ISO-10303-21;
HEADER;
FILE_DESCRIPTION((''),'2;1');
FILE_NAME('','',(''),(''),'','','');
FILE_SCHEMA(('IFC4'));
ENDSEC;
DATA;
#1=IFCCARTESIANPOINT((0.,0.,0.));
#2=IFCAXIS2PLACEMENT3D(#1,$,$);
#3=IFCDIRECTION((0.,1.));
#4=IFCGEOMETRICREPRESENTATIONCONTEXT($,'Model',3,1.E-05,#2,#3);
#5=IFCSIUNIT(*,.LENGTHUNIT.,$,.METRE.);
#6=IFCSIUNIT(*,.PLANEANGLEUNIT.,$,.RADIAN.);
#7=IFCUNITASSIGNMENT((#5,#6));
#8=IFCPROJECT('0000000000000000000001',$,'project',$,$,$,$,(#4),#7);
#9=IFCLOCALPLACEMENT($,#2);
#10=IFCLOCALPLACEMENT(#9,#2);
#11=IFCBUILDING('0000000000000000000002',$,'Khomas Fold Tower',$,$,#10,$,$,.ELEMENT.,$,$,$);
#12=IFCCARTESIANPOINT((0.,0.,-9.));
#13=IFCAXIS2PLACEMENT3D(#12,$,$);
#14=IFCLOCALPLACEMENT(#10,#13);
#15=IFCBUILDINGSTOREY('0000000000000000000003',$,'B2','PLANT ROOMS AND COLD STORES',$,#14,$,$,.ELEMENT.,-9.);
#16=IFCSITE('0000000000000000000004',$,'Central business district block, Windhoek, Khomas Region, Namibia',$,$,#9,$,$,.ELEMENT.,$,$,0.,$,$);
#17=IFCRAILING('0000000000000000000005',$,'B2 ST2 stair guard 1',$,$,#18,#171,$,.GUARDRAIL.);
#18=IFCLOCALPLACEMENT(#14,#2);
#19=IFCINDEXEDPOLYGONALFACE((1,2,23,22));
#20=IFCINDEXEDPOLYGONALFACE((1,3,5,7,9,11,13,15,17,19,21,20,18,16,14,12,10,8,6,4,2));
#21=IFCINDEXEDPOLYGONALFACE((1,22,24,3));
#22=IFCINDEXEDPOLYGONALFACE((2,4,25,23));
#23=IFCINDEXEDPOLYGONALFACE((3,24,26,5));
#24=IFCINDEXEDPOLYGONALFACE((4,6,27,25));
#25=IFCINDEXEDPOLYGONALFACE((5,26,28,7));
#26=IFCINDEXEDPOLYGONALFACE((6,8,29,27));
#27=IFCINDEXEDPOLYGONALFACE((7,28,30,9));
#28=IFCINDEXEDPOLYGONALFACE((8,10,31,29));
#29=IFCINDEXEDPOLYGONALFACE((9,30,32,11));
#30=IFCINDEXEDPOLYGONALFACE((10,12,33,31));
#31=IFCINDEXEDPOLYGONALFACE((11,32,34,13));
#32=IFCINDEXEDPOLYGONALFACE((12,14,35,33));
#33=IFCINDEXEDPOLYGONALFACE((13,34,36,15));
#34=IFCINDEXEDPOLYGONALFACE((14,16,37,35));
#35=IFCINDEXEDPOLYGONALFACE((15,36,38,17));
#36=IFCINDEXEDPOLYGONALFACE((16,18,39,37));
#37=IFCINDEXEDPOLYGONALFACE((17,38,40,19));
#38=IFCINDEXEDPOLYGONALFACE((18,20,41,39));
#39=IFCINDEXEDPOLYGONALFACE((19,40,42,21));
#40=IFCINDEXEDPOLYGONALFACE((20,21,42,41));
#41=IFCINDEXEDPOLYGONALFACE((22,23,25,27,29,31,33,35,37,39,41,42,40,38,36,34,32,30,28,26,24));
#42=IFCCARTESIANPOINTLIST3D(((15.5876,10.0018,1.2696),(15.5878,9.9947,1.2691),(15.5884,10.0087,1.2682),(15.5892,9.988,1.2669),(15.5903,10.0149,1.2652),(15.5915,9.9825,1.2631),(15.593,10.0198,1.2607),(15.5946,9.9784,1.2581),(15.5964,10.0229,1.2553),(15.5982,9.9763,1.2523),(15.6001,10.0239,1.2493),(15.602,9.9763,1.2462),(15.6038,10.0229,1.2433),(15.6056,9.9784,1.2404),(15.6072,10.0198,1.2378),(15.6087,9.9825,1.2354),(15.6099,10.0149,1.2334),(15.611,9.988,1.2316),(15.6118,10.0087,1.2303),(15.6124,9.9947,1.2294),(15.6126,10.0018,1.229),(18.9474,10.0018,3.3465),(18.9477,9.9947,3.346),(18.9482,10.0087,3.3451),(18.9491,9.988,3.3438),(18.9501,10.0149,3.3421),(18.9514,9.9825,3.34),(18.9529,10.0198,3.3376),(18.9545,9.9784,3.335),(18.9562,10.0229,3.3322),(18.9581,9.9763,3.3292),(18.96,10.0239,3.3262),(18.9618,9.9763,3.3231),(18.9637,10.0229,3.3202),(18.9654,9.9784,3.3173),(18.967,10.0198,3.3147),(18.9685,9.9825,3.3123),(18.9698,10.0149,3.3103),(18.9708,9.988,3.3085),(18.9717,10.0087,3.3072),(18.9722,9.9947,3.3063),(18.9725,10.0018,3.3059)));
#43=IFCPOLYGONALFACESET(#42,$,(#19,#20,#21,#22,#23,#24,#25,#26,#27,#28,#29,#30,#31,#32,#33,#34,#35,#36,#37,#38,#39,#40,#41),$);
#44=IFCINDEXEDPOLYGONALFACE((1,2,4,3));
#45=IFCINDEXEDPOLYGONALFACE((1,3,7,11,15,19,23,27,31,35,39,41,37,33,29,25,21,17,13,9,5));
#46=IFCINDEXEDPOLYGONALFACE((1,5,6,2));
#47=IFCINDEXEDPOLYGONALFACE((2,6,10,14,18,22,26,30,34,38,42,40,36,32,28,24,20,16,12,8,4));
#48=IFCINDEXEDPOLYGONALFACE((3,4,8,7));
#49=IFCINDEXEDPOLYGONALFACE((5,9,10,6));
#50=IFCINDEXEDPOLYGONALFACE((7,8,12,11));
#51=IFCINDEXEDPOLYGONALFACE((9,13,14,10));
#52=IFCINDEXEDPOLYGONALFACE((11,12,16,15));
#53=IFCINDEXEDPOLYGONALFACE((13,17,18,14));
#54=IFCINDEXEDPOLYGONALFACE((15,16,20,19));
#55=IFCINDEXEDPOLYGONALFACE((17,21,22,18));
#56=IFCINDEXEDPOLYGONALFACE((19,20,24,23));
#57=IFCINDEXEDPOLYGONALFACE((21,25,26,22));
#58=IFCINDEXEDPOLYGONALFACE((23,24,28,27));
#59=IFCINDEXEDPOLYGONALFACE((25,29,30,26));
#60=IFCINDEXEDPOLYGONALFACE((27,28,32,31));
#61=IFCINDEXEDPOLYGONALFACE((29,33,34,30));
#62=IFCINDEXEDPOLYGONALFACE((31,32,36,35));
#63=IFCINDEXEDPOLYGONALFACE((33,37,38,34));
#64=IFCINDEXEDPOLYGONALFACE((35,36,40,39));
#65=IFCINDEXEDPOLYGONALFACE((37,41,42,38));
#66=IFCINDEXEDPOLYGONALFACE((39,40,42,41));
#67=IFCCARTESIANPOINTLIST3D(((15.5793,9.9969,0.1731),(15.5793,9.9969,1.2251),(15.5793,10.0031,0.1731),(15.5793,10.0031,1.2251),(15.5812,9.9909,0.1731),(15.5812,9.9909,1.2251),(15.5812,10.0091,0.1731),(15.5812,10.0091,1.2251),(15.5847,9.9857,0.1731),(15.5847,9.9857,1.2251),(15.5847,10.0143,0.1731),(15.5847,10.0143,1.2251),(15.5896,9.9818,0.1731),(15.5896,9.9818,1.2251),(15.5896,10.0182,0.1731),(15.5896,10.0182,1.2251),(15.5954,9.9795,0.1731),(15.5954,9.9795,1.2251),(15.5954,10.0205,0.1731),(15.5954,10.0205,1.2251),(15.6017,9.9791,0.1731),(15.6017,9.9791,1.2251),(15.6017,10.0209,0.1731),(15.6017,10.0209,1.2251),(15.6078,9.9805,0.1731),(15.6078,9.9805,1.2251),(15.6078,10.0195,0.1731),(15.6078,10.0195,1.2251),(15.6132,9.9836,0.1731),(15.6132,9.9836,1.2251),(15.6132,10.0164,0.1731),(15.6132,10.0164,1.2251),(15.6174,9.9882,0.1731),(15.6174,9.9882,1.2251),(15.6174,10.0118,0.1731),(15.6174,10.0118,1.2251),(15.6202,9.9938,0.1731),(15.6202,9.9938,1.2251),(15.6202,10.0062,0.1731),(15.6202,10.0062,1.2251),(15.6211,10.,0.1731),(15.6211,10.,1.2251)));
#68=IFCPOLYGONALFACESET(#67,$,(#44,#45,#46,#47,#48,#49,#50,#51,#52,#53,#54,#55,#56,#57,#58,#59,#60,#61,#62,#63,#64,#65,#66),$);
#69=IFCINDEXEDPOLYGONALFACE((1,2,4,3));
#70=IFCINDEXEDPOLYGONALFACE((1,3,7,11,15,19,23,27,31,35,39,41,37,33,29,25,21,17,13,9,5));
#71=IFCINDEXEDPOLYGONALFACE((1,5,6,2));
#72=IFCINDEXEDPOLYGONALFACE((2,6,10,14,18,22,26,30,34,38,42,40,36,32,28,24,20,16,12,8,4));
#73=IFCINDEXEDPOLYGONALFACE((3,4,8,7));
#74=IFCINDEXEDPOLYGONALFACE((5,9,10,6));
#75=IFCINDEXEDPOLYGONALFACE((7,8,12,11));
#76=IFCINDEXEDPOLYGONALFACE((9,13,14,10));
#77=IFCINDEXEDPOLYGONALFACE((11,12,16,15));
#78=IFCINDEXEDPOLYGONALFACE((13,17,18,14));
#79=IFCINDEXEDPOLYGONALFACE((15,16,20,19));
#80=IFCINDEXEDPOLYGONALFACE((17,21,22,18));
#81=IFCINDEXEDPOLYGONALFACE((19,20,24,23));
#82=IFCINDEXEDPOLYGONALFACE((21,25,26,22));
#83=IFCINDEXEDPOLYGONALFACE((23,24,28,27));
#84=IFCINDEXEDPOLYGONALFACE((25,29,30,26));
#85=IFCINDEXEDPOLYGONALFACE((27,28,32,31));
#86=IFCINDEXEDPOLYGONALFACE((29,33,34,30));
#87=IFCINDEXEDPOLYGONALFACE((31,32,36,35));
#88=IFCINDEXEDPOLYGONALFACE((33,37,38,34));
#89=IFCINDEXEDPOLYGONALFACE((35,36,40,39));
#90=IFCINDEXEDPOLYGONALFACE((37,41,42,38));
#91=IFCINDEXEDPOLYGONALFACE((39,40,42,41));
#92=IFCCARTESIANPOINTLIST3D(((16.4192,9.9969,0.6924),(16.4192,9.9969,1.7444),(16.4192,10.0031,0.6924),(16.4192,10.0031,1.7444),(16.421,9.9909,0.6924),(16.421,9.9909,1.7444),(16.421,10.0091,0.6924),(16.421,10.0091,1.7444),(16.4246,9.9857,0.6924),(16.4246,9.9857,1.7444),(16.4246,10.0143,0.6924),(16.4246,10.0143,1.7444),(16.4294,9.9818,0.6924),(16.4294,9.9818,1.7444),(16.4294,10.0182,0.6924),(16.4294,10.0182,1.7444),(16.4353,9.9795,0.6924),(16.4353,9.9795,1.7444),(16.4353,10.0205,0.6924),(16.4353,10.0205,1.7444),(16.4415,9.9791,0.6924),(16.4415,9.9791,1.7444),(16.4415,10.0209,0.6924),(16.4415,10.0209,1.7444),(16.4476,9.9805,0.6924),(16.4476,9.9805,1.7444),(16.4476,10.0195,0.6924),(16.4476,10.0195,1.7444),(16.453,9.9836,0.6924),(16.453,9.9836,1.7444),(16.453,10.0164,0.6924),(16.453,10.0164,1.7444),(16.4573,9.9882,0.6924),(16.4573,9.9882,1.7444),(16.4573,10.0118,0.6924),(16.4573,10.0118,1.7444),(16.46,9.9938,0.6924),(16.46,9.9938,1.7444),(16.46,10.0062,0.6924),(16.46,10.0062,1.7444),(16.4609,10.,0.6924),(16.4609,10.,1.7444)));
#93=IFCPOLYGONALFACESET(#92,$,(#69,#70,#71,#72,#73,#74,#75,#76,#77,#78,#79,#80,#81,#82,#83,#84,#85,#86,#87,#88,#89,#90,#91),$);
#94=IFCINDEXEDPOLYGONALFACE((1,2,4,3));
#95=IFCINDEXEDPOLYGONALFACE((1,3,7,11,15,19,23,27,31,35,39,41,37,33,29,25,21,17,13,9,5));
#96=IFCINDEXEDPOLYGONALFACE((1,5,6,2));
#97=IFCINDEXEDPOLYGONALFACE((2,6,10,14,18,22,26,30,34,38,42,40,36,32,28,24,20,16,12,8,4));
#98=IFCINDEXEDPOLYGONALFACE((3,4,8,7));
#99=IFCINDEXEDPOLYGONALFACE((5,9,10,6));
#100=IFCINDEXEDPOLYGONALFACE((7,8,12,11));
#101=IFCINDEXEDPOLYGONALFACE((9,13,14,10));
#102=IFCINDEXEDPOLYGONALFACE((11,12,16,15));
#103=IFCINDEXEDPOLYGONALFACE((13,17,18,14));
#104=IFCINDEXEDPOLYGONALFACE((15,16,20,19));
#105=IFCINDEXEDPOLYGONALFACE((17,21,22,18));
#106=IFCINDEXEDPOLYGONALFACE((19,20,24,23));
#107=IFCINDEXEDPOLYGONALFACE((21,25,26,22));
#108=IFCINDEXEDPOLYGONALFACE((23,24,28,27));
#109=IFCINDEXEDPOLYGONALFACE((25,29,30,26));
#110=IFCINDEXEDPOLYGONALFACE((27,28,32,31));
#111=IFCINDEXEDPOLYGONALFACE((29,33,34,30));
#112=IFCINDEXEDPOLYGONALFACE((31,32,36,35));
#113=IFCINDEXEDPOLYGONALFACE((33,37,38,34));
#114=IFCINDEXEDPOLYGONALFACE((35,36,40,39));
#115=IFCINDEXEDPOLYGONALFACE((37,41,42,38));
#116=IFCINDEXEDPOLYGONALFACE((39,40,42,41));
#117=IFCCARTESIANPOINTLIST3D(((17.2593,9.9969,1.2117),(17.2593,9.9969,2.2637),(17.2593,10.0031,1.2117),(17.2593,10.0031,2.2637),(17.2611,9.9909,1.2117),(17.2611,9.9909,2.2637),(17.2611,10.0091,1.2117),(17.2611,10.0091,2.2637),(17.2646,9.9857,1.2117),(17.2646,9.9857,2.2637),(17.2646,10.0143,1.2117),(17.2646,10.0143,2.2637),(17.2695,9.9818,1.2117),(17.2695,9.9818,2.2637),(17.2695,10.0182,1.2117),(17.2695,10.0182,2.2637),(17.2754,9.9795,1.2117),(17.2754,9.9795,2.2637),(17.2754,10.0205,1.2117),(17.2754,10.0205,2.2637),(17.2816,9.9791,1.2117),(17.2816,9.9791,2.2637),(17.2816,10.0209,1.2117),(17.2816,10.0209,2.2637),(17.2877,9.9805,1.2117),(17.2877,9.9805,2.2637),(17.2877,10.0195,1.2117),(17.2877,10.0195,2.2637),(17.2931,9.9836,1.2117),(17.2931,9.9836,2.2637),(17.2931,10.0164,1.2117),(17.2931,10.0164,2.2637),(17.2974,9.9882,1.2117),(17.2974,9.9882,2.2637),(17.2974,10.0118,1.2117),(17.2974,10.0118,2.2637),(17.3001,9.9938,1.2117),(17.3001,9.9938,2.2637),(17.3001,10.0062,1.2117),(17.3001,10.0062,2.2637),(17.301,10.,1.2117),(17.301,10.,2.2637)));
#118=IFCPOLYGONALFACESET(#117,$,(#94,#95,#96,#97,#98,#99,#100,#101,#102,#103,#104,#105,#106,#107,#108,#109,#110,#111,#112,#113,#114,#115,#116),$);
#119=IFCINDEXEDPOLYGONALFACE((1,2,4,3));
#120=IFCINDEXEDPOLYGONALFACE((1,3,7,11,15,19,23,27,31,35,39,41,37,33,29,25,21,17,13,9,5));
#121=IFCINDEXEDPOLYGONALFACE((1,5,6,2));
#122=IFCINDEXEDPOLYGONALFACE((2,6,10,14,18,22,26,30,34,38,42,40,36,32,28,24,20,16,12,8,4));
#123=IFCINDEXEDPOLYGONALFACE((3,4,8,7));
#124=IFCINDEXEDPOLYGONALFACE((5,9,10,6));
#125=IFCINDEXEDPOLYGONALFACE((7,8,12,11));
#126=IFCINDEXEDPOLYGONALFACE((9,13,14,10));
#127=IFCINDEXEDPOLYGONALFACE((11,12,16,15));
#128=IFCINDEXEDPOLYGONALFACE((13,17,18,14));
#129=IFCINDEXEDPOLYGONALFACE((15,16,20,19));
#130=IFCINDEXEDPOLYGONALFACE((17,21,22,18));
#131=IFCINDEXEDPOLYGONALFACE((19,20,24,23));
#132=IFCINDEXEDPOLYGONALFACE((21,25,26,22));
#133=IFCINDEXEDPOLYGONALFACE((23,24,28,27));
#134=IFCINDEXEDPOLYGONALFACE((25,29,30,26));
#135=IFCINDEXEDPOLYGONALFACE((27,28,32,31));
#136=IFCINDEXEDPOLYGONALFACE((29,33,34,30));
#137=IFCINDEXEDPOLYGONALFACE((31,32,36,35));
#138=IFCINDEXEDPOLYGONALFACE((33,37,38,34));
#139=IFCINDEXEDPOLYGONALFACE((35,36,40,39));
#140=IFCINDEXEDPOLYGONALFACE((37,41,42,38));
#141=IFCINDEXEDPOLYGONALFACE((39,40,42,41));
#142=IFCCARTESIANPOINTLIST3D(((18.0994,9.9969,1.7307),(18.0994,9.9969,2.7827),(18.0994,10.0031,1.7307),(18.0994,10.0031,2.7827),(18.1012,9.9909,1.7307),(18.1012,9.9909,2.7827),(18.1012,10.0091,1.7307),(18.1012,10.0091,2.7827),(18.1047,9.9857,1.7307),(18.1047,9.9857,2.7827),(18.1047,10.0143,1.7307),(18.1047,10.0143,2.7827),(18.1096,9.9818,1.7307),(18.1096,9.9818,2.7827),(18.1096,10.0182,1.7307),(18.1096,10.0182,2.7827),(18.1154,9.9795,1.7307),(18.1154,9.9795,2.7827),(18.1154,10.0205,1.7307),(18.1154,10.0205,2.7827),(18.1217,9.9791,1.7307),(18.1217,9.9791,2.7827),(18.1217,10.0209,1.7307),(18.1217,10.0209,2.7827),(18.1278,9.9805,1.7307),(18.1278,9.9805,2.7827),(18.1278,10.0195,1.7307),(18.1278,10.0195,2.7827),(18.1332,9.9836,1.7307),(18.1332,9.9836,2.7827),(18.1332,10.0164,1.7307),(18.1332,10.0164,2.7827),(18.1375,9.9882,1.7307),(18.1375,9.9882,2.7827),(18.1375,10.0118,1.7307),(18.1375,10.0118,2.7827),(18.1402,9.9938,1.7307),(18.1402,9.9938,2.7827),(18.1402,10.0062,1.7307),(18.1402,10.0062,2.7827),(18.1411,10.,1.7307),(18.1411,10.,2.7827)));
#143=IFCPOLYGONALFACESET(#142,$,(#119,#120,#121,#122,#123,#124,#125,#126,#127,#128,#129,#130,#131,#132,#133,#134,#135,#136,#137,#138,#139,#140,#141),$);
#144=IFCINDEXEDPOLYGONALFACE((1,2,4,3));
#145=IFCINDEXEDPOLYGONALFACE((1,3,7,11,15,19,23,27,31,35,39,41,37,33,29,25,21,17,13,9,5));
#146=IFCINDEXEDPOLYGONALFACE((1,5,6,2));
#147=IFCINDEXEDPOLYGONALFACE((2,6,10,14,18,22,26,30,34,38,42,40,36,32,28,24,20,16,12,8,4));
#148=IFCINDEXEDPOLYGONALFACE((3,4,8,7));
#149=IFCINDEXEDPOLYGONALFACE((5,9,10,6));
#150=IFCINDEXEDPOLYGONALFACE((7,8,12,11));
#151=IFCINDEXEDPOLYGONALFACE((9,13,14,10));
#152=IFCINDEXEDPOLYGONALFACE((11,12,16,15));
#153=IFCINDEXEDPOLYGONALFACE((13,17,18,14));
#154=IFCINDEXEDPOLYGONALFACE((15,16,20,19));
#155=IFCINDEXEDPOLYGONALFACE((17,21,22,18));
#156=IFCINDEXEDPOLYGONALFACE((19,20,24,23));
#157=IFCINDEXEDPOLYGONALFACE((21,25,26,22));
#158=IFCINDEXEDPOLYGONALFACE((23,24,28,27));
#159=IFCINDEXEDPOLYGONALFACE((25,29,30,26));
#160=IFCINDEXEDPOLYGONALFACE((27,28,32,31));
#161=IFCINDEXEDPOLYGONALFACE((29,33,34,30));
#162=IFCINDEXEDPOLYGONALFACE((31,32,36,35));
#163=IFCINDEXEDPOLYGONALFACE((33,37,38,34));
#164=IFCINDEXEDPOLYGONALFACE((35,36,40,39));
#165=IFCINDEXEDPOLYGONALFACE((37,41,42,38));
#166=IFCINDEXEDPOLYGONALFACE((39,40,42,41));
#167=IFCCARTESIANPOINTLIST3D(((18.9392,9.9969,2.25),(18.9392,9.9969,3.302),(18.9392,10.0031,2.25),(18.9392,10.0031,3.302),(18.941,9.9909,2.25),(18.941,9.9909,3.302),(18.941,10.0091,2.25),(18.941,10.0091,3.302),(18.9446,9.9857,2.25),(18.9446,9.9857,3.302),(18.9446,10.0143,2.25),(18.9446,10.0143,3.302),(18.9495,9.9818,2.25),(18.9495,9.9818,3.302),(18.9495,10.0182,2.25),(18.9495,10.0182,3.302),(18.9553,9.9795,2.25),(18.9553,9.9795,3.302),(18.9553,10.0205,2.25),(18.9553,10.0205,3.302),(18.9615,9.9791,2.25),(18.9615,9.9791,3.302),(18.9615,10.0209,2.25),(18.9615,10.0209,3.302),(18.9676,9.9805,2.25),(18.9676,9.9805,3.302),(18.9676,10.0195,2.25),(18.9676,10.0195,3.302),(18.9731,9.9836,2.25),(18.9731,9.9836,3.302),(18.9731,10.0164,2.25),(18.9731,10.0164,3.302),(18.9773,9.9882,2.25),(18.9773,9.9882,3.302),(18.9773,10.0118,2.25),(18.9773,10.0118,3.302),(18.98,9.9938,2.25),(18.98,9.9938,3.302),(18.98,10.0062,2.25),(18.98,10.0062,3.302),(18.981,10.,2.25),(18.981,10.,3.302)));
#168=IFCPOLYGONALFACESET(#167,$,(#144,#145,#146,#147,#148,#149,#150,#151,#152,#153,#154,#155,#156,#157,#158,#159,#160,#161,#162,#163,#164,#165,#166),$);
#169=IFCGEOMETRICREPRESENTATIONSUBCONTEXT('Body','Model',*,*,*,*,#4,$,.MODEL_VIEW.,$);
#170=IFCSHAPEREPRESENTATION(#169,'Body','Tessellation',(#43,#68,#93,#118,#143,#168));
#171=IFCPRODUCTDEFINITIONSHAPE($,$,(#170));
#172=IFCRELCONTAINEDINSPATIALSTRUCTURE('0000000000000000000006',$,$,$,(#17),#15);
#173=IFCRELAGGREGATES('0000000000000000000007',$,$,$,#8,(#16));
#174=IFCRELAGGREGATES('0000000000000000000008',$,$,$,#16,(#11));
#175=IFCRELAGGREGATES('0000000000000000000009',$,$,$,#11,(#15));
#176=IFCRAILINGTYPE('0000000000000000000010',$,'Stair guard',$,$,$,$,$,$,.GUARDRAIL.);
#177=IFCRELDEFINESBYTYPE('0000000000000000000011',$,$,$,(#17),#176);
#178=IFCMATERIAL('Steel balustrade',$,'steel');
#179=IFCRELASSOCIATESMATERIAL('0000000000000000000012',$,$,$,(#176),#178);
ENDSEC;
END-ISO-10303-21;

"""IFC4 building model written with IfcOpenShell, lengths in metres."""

from ifc_helpers import new_model, si_unit, direction, frame, origin, origin_2d, place, context, subcontext, project, spatial, circle, extrude, source, transform, mapped, material, type_object, element, save


model = new_model("IFC4")

# Units and contexts
model_context = context("Model", 3, precision=1e-05, world=origin(), true_north=direction((0.0, 1.0)))
body_context = subcontext(model_context, "Body", "Model", "MODEL_VIEW")
ifc_project = project(units=[si_unit("LENGTHUNIT", "METRE"), si_unit("PLANEANGLEUNIT", "RADIAN")], contexts=[model_context])

# Site, building, storey
site_placement = place(None, origin())
site = spatial("IfcSite", under=ifc_project, at=site_placement, Name="Central business district block, Windhoek, Khomas Region, Namibia", CompositionType="ELEMENT", RefElevation=0.0)
building_placement = place(site_placement, origin())
building = spatial("IfcBuilding", under=site, at=building_placement, Name="Khomas Fold Tower", CompositionType="ELEMENT")
storey_placement = place(building_placement, frame((0.0, 0.0, -9.0)))
storey = spatial("IfcBuildingStorey", under=building, at=storey_placement, Name="B2", Description="PLANT ROOMS AND COLD STORES", CompositionType="ELEMENT", Elevation=-9.0)

# Railing
ifc_material_1 = material(Name="Steel balustrade", Category="steel")
railing_type_1 = type_object("IfcRailingType", Name="Stair guard", PredefinedType="GUARDRAIL", material=ifc_material_1)
shared_shape_1 = source(origin(), body_context, "Body", "SweptSolid", [
    extrude(circle(Radius=0.0239, at=origin_2d()), frame((0.0, 0.0, 1.0762), z_axis=(0.850606, 0.0, 0.525803), x_axis=(0.0, 1.0, 0.0)), (0.0, 0.0, 1.0), 3.95),
    extrude(circle(Radius=0.021, at=origin_2d()), origin(), (0.0, 0.0, 1.0), 1.052),
    extrude(circle(Radius=0.021, at=origin_2d()), frame((0.8398, 0.0, 0.5193)), (0.0, 0.0, 1.0), 1.052),
    extrude(circle(Radius=0.021, at=origin_2d()), frame((1.6799, 0.0, 1.0386)), (0.0, 0.0, 1.0), 1.052),
    extrude(circle(Radius=0.021, at=origin_2d()), frame((2.52, 0.0, 1.5576)), (0.0, 0.0, 1.0), 1.052),
    extrude(circle(Radius=0.021, at=origin_2d()), frame((3.3599, 0.0, 2.0769)), (0.0, 0.0, 1.0), 1.052),
])
railing_1_placement = place(storey_placement, frame((15.6001, 10.0, 0.1731)))
element("IfcRailing", 1, at=railing_1_placement, inside=storey, type_object=railing_type_1, Name="B2 ST2 stair guard 1", PredefinedType="GUARDRAIL", context=body_context, shape_type="MappedRepresentation", body=[
    mapped(shared_shape_1, transform((0.0, 0.0, 0.0))),
])

save(model, "model.ifc")
